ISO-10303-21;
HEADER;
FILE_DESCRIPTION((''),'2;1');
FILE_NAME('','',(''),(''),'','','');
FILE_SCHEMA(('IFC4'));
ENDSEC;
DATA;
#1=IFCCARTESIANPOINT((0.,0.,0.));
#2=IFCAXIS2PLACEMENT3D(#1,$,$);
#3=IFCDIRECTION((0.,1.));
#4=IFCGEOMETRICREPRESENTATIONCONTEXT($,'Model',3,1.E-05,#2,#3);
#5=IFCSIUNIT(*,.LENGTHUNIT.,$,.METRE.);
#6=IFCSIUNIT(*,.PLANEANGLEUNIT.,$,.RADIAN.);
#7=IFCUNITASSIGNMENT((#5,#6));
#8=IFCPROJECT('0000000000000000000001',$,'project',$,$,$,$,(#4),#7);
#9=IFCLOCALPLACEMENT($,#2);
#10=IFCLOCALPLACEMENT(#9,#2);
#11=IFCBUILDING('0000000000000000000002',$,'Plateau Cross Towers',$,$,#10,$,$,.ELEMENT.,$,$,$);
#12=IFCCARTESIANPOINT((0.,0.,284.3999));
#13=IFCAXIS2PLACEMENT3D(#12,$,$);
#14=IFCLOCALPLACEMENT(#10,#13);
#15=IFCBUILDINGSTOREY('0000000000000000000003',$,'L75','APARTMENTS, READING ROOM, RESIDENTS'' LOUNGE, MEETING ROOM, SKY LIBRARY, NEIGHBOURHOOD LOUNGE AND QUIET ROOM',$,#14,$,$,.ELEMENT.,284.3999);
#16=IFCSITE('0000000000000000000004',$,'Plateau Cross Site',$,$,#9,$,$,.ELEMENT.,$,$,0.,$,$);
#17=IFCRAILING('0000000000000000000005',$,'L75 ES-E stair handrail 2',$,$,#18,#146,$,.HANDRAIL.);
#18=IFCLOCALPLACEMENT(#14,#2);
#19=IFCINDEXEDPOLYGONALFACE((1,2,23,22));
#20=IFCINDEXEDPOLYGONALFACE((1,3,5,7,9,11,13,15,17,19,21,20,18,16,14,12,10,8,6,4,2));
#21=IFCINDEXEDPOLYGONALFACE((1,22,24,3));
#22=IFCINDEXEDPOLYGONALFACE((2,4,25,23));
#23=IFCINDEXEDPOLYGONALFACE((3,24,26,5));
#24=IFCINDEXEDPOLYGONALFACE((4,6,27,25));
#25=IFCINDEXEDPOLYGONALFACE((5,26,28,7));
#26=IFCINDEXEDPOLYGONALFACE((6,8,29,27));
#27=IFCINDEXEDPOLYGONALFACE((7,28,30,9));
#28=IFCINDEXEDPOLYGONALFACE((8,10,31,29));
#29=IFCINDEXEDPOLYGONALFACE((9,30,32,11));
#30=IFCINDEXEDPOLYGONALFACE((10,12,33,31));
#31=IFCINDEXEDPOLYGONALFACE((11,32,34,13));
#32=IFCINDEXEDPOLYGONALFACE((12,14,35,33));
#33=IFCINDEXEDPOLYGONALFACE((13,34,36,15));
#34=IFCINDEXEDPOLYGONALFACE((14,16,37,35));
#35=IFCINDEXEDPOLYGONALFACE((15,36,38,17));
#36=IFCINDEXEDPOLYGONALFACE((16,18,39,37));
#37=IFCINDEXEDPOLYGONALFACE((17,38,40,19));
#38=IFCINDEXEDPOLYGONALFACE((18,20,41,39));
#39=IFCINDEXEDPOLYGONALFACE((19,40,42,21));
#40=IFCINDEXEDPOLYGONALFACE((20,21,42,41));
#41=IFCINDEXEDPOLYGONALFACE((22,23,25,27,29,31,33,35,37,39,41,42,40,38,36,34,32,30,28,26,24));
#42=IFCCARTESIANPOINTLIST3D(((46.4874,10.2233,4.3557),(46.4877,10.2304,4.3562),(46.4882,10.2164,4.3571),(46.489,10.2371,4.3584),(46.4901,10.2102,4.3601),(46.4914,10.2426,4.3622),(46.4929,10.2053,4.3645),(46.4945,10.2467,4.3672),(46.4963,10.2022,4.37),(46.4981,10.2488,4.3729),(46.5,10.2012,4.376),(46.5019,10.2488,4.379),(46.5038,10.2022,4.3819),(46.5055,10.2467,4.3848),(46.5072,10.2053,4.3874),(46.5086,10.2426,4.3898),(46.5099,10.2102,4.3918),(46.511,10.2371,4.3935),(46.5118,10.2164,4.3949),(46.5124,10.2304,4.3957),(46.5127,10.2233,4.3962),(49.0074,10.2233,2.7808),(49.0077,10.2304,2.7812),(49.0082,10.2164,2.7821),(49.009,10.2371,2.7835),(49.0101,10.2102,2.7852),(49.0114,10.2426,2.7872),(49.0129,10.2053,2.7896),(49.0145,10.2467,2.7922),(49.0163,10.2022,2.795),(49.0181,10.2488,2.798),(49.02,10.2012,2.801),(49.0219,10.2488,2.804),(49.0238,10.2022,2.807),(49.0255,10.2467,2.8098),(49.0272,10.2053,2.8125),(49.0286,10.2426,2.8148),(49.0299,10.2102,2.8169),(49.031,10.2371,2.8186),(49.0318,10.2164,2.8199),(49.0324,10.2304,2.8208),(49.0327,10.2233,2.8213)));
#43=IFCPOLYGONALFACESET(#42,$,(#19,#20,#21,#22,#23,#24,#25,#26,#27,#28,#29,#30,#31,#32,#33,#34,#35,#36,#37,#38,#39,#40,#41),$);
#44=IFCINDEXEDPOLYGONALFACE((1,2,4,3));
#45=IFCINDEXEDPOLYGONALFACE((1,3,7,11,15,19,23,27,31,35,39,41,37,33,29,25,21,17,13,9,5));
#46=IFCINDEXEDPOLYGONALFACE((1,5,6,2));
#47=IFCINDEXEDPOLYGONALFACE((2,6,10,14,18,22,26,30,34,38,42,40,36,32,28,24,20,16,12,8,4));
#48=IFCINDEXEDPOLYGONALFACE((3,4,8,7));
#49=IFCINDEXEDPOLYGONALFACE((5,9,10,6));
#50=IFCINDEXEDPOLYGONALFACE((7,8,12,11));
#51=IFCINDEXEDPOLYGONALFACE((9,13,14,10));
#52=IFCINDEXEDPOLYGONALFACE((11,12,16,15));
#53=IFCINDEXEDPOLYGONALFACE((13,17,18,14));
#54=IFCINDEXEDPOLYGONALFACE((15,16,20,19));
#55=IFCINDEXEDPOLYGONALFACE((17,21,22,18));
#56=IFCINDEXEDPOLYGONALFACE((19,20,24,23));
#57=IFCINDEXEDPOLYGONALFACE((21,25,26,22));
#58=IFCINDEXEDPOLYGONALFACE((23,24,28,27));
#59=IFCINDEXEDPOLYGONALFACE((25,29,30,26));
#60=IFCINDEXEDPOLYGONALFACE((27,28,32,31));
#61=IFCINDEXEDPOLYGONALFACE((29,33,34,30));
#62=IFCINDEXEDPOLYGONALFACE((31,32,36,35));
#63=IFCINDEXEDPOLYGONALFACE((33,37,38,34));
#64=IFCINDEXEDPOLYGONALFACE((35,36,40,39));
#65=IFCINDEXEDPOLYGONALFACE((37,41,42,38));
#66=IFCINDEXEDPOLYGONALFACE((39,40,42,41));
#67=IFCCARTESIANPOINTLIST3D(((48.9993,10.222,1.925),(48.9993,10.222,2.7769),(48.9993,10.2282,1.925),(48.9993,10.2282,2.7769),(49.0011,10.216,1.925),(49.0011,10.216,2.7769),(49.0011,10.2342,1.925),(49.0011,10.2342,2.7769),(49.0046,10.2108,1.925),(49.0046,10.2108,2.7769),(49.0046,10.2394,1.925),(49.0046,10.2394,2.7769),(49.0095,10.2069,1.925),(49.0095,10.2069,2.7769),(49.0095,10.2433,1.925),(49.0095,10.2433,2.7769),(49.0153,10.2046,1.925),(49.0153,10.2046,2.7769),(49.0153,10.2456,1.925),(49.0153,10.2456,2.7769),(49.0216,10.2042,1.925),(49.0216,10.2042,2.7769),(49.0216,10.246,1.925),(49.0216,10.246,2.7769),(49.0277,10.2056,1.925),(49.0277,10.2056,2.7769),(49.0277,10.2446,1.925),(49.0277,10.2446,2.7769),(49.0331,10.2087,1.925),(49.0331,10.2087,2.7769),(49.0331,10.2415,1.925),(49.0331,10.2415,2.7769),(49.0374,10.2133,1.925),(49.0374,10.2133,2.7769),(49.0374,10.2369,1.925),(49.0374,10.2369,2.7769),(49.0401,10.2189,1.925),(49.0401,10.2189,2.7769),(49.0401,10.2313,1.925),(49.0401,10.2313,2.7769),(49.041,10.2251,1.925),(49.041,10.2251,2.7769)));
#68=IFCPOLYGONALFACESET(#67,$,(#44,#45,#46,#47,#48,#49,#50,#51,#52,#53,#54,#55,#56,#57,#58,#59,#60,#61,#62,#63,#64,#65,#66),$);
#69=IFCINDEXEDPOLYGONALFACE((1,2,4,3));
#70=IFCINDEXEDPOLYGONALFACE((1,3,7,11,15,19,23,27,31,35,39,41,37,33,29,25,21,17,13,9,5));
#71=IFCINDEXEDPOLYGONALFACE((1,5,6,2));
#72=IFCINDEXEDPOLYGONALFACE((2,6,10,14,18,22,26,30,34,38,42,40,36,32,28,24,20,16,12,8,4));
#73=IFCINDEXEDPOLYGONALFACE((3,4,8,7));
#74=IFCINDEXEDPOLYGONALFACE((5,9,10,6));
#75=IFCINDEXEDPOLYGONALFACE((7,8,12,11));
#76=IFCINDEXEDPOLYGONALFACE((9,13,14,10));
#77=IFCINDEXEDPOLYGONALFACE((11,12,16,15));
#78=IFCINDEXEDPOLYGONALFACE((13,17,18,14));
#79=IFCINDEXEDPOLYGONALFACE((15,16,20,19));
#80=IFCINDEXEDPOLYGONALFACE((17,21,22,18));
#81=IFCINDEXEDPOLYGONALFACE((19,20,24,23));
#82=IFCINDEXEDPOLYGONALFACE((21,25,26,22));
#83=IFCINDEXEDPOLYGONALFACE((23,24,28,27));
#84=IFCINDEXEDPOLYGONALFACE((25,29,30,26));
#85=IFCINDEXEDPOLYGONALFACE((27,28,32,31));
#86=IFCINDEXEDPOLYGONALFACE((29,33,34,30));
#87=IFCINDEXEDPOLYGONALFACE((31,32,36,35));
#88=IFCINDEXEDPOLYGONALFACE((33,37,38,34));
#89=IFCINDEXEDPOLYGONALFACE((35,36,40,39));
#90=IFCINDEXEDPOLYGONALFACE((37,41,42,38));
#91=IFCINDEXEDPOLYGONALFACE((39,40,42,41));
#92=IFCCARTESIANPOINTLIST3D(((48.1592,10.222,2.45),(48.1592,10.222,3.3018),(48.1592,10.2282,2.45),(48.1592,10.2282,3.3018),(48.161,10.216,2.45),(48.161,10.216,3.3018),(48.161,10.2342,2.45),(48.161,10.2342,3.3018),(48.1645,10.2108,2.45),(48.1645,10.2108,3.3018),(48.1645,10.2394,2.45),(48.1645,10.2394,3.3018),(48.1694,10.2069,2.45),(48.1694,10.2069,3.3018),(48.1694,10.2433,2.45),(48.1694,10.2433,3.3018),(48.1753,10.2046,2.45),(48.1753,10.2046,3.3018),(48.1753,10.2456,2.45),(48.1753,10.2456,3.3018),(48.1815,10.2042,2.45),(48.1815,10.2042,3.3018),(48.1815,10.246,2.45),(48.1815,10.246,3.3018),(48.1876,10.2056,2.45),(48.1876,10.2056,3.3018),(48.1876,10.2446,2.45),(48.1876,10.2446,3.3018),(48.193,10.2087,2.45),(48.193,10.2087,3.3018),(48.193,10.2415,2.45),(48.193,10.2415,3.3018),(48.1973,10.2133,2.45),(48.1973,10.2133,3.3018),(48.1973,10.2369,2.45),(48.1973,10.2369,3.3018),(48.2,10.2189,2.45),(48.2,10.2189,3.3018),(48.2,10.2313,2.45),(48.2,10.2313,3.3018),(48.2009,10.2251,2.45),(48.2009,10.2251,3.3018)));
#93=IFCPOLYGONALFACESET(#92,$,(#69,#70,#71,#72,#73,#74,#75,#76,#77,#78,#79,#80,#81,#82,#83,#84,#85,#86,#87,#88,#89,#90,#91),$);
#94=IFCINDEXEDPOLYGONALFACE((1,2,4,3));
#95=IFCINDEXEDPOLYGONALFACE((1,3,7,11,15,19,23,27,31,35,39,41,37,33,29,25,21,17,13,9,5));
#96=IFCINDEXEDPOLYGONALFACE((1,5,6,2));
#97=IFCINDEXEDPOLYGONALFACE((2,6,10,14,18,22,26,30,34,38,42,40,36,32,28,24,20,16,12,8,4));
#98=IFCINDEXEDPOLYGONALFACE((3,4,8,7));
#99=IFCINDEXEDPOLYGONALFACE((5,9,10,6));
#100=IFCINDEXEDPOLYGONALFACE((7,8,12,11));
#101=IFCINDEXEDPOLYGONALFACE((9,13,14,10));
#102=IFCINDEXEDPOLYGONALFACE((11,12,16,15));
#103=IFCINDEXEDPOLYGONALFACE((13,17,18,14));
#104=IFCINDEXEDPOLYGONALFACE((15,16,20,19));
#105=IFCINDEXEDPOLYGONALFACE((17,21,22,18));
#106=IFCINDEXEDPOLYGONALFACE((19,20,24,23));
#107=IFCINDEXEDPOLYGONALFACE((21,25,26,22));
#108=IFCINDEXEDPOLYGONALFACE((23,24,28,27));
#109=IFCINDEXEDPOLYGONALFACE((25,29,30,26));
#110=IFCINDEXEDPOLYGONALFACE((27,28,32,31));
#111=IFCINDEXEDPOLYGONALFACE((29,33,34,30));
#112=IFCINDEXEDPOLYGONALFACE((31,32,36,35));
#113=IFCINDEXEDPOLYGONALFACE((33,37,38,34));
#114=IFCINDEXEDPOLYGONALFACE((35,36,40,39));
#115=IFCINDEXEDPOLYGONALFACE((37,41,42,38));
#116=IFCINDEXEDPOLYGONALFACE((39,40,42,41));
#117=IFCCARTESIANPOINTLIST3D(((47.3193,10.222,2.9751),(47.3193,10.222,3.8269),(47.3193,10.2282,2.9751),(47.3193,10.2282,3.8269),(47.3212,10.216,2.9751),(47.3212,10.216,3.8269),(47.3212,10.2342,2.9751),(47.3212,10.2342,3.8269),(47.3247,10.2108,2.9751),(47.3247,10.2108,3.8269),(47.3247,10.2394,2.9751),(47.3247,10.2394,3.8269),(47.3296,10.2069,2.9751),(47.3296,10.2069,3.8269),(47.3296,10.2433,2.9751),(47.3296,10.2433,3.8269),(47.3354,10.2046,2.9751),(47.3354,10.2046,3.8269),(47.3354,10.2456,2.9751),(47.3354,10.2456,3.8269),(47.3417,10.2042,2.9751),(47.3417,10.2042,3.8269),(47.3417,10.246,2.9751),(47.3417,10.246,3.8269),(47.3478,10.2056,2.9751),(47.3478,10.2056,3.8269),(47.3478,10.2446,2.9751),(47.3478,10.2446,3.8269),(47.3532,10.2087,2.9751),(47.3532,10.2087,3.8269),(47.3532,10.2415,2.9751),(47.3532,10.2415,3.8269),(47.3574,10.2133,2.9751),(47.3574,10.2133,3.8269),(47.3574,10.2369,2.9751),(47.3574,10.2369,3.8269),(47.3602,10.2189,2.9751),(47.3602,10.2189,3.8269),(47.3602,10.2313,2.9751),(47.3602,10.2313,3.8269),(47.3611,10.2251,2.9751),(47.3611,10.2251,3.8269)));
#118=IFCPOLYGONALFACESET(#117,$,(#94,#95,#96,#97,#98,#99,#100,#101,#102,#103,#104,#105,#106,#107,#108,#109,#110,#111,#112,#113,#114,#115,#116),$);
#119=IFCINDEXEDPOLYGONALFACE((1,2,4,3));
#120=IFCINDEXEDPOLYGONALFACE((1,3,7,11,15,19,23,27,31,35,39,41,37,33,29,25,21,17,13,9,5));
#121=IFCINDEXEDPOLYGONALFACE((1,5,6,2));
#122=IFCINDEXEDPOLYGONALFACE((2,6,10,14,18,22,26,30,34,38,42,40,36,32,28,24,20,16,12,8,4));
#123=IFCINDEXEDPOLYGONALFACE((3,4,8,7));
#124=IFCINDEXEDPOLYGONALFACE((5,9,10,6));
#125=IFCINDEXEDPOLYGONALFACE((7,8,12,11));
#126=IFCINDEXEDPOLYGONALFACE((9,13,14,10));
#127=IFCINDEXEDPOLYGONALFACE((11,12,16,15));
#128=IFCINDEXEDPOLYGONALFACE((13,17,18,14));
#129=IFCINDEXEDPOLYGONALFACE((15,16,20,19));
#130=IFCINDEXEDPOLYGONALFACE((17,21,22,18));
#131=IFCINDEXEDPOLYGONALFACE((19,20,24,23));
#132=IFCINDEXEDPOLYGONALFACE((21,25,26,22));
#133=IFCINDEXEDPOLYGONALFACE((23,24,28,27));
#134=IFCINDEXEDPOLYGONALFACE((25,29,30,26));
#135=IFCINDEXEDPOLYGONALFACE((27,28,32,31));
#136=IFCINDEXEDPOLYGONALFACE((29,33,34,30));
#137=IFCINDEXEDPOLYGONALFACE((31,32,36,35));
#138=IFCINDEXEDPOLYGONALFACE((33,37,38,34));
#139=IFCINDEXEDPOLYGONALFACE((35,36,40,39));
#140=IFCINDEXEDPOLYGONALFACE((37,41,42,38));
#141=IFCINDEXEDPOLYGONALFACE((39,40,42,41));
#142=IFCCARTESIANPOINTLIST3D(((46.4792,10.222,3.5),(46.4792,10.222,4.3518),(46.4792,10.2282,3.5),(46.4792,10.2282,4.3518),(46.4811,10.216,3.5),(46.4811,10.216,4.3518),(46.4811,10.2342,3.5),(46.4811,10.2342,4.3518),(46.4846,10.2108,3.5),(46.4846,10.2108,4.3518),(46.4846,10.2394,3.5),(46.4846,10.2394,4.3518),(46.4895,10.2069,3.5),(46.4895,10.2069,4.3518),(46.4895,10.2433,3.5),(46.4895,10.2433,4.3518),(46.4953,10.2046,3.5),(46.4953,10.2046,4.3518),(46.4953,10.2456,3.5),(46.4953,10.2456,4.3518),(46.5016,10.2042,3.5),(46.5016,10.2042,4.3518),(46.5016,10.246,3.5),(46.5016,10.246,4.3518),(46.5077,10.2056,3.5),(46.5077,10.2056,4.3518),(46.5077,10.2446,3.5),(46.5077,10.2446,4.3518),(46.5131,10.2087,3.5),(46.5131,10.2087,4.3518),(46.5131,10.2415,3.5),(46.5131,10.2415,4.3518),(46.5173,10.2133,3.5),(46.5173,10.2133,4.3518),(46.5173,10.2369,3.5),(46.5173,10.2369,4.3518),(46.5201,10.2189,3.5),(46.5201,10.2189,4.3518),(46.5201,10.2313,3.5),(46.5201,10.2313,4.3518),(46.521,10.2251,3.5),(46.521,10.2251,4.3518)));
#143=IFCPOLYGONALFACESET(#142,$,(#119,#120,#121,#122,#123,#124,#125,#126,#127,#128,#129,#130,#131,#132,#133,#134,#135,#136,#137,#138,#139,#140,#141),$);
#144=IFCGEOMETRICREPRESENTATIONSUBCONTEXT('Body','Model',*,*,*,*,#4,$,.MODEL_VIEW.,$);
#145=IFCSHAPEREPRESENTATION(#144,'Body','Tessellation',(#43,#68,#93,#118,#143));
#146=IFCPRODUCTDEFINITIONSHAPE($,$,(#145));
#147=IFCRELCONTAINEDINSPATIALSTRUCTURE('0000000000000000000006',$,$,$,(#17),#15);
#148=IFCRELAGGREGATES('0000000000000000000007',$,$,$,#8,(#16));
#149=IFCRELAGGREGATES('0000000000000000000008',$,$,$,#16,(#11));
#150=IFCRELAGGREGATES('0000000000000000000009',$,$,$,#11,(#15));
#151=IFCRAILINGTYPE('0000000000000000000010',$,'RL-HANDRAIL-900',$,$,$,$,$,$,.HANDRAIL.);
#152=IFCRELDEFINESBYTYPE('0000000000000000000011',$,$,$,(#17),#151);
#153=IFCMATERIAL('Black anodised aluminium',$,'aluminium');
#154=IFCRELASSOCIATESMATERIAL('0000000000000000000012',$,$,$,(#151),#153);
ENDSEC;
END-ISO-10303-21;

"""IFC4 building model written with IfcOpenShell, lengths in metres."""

from ifc_helpers import new_model, si_unit, direction, frame, origin, origin_2d, place, context, subcontext, project, spatial, circle, extrude, material, type_object, element, save


model = new_model("IFC4")

# Units and contexts
model_context = context("Model", 3, precision=1e-05, world=origin(), true_north=direction((0.0, 1.0)))
body_context = subcontext(model_context, "Body", "Model", "MODEL_VIEW")
ifc_project = project(units=[si_unit("LENGTHUNIT", "METRE"), si_unit("PLANEANGLEUNIT", "RADIAN")], contexts=[model_context])

# Site, building, storey
site_placement = place(None, origin())
site = spatial("IfcSite", under=ifc_project, at=site_placement, Name="Plateau Cross Site", CompositionType="ELEMENT", RefElevation=0.0)
building_placement = place(site_placement, origin())
building = spatial("IfcBuilding", under=site, at=building_placement, Name="Plateau Cross Towers", CompositionType="ELEMENT")
storey_placement = place(building_placement, frame((0.0, 0.0, 284.3999)))
storey = spatial("IfcBuildingStorey", under=building, at=storey_placement, Name="L75", Description="APARTMENTS, READING ROOM, RESIDENTS' LOUNGE, MEETING ROOM, SKY LIBRARY, NEIGHBOURHOOD LOUNGE AND QUIET ROOM", CompositionType="ELEMENT", Elevation=284.3999)

# Shared definitions
ifc_material_1 = material(Name="Black anodised aluminium", Category="aluminium")

# Railing
railing_type_1 = type_object("IfcRailingType", Name="RL-HANDRAIL-900", PredefinedType="HANDRAIL", material=ifc_material_1)
railing_1_placement = place(storey_placement, frame((49.02, 10.2251, 1.925)))
element("IfcRailing", 1, at=railing_1_placement, inside=storey, type_object=railing_type_1, Name="L75 ES-E stair handrail 2", PredefinedType="HANDRAIL", context=body_context, shape_type="SweptSolid", body=[
    extrude(circle(Radius=0.0239, at=origin_2d()), frame((0.0, 0.0, 0.876), z_axis=(-0.848008, 0.0, 0.529984), x_axis=(0.0, -1.0, 0.0)), (0.0, 0.0, 1.0), 2.9717),
    extrude(circle(Radius=0.021, at=origin_2d()), origin(), (0.0, 0.0, 1.0), 0.8518),
    extrude(circle(Radius=0.021, at=origin_2d()), frame((-0.8401, 0.0, 0.5249)), (0.0, 0.0, 1.0), 0.8518),
    extrude(circle(Radius=0.021, at=origin_2d()), frame((-1.6799, 0.0, 1.05)), (0.0, 0.0, 1.0), 0.8518),
    extrude(circle(Radius=0.021, at=origin_2d()), frame((-2.52, 0.0, 1.575)), (0.0, 0.0, 1.0), 0.8518),
])

save(model, "model.ifc")
